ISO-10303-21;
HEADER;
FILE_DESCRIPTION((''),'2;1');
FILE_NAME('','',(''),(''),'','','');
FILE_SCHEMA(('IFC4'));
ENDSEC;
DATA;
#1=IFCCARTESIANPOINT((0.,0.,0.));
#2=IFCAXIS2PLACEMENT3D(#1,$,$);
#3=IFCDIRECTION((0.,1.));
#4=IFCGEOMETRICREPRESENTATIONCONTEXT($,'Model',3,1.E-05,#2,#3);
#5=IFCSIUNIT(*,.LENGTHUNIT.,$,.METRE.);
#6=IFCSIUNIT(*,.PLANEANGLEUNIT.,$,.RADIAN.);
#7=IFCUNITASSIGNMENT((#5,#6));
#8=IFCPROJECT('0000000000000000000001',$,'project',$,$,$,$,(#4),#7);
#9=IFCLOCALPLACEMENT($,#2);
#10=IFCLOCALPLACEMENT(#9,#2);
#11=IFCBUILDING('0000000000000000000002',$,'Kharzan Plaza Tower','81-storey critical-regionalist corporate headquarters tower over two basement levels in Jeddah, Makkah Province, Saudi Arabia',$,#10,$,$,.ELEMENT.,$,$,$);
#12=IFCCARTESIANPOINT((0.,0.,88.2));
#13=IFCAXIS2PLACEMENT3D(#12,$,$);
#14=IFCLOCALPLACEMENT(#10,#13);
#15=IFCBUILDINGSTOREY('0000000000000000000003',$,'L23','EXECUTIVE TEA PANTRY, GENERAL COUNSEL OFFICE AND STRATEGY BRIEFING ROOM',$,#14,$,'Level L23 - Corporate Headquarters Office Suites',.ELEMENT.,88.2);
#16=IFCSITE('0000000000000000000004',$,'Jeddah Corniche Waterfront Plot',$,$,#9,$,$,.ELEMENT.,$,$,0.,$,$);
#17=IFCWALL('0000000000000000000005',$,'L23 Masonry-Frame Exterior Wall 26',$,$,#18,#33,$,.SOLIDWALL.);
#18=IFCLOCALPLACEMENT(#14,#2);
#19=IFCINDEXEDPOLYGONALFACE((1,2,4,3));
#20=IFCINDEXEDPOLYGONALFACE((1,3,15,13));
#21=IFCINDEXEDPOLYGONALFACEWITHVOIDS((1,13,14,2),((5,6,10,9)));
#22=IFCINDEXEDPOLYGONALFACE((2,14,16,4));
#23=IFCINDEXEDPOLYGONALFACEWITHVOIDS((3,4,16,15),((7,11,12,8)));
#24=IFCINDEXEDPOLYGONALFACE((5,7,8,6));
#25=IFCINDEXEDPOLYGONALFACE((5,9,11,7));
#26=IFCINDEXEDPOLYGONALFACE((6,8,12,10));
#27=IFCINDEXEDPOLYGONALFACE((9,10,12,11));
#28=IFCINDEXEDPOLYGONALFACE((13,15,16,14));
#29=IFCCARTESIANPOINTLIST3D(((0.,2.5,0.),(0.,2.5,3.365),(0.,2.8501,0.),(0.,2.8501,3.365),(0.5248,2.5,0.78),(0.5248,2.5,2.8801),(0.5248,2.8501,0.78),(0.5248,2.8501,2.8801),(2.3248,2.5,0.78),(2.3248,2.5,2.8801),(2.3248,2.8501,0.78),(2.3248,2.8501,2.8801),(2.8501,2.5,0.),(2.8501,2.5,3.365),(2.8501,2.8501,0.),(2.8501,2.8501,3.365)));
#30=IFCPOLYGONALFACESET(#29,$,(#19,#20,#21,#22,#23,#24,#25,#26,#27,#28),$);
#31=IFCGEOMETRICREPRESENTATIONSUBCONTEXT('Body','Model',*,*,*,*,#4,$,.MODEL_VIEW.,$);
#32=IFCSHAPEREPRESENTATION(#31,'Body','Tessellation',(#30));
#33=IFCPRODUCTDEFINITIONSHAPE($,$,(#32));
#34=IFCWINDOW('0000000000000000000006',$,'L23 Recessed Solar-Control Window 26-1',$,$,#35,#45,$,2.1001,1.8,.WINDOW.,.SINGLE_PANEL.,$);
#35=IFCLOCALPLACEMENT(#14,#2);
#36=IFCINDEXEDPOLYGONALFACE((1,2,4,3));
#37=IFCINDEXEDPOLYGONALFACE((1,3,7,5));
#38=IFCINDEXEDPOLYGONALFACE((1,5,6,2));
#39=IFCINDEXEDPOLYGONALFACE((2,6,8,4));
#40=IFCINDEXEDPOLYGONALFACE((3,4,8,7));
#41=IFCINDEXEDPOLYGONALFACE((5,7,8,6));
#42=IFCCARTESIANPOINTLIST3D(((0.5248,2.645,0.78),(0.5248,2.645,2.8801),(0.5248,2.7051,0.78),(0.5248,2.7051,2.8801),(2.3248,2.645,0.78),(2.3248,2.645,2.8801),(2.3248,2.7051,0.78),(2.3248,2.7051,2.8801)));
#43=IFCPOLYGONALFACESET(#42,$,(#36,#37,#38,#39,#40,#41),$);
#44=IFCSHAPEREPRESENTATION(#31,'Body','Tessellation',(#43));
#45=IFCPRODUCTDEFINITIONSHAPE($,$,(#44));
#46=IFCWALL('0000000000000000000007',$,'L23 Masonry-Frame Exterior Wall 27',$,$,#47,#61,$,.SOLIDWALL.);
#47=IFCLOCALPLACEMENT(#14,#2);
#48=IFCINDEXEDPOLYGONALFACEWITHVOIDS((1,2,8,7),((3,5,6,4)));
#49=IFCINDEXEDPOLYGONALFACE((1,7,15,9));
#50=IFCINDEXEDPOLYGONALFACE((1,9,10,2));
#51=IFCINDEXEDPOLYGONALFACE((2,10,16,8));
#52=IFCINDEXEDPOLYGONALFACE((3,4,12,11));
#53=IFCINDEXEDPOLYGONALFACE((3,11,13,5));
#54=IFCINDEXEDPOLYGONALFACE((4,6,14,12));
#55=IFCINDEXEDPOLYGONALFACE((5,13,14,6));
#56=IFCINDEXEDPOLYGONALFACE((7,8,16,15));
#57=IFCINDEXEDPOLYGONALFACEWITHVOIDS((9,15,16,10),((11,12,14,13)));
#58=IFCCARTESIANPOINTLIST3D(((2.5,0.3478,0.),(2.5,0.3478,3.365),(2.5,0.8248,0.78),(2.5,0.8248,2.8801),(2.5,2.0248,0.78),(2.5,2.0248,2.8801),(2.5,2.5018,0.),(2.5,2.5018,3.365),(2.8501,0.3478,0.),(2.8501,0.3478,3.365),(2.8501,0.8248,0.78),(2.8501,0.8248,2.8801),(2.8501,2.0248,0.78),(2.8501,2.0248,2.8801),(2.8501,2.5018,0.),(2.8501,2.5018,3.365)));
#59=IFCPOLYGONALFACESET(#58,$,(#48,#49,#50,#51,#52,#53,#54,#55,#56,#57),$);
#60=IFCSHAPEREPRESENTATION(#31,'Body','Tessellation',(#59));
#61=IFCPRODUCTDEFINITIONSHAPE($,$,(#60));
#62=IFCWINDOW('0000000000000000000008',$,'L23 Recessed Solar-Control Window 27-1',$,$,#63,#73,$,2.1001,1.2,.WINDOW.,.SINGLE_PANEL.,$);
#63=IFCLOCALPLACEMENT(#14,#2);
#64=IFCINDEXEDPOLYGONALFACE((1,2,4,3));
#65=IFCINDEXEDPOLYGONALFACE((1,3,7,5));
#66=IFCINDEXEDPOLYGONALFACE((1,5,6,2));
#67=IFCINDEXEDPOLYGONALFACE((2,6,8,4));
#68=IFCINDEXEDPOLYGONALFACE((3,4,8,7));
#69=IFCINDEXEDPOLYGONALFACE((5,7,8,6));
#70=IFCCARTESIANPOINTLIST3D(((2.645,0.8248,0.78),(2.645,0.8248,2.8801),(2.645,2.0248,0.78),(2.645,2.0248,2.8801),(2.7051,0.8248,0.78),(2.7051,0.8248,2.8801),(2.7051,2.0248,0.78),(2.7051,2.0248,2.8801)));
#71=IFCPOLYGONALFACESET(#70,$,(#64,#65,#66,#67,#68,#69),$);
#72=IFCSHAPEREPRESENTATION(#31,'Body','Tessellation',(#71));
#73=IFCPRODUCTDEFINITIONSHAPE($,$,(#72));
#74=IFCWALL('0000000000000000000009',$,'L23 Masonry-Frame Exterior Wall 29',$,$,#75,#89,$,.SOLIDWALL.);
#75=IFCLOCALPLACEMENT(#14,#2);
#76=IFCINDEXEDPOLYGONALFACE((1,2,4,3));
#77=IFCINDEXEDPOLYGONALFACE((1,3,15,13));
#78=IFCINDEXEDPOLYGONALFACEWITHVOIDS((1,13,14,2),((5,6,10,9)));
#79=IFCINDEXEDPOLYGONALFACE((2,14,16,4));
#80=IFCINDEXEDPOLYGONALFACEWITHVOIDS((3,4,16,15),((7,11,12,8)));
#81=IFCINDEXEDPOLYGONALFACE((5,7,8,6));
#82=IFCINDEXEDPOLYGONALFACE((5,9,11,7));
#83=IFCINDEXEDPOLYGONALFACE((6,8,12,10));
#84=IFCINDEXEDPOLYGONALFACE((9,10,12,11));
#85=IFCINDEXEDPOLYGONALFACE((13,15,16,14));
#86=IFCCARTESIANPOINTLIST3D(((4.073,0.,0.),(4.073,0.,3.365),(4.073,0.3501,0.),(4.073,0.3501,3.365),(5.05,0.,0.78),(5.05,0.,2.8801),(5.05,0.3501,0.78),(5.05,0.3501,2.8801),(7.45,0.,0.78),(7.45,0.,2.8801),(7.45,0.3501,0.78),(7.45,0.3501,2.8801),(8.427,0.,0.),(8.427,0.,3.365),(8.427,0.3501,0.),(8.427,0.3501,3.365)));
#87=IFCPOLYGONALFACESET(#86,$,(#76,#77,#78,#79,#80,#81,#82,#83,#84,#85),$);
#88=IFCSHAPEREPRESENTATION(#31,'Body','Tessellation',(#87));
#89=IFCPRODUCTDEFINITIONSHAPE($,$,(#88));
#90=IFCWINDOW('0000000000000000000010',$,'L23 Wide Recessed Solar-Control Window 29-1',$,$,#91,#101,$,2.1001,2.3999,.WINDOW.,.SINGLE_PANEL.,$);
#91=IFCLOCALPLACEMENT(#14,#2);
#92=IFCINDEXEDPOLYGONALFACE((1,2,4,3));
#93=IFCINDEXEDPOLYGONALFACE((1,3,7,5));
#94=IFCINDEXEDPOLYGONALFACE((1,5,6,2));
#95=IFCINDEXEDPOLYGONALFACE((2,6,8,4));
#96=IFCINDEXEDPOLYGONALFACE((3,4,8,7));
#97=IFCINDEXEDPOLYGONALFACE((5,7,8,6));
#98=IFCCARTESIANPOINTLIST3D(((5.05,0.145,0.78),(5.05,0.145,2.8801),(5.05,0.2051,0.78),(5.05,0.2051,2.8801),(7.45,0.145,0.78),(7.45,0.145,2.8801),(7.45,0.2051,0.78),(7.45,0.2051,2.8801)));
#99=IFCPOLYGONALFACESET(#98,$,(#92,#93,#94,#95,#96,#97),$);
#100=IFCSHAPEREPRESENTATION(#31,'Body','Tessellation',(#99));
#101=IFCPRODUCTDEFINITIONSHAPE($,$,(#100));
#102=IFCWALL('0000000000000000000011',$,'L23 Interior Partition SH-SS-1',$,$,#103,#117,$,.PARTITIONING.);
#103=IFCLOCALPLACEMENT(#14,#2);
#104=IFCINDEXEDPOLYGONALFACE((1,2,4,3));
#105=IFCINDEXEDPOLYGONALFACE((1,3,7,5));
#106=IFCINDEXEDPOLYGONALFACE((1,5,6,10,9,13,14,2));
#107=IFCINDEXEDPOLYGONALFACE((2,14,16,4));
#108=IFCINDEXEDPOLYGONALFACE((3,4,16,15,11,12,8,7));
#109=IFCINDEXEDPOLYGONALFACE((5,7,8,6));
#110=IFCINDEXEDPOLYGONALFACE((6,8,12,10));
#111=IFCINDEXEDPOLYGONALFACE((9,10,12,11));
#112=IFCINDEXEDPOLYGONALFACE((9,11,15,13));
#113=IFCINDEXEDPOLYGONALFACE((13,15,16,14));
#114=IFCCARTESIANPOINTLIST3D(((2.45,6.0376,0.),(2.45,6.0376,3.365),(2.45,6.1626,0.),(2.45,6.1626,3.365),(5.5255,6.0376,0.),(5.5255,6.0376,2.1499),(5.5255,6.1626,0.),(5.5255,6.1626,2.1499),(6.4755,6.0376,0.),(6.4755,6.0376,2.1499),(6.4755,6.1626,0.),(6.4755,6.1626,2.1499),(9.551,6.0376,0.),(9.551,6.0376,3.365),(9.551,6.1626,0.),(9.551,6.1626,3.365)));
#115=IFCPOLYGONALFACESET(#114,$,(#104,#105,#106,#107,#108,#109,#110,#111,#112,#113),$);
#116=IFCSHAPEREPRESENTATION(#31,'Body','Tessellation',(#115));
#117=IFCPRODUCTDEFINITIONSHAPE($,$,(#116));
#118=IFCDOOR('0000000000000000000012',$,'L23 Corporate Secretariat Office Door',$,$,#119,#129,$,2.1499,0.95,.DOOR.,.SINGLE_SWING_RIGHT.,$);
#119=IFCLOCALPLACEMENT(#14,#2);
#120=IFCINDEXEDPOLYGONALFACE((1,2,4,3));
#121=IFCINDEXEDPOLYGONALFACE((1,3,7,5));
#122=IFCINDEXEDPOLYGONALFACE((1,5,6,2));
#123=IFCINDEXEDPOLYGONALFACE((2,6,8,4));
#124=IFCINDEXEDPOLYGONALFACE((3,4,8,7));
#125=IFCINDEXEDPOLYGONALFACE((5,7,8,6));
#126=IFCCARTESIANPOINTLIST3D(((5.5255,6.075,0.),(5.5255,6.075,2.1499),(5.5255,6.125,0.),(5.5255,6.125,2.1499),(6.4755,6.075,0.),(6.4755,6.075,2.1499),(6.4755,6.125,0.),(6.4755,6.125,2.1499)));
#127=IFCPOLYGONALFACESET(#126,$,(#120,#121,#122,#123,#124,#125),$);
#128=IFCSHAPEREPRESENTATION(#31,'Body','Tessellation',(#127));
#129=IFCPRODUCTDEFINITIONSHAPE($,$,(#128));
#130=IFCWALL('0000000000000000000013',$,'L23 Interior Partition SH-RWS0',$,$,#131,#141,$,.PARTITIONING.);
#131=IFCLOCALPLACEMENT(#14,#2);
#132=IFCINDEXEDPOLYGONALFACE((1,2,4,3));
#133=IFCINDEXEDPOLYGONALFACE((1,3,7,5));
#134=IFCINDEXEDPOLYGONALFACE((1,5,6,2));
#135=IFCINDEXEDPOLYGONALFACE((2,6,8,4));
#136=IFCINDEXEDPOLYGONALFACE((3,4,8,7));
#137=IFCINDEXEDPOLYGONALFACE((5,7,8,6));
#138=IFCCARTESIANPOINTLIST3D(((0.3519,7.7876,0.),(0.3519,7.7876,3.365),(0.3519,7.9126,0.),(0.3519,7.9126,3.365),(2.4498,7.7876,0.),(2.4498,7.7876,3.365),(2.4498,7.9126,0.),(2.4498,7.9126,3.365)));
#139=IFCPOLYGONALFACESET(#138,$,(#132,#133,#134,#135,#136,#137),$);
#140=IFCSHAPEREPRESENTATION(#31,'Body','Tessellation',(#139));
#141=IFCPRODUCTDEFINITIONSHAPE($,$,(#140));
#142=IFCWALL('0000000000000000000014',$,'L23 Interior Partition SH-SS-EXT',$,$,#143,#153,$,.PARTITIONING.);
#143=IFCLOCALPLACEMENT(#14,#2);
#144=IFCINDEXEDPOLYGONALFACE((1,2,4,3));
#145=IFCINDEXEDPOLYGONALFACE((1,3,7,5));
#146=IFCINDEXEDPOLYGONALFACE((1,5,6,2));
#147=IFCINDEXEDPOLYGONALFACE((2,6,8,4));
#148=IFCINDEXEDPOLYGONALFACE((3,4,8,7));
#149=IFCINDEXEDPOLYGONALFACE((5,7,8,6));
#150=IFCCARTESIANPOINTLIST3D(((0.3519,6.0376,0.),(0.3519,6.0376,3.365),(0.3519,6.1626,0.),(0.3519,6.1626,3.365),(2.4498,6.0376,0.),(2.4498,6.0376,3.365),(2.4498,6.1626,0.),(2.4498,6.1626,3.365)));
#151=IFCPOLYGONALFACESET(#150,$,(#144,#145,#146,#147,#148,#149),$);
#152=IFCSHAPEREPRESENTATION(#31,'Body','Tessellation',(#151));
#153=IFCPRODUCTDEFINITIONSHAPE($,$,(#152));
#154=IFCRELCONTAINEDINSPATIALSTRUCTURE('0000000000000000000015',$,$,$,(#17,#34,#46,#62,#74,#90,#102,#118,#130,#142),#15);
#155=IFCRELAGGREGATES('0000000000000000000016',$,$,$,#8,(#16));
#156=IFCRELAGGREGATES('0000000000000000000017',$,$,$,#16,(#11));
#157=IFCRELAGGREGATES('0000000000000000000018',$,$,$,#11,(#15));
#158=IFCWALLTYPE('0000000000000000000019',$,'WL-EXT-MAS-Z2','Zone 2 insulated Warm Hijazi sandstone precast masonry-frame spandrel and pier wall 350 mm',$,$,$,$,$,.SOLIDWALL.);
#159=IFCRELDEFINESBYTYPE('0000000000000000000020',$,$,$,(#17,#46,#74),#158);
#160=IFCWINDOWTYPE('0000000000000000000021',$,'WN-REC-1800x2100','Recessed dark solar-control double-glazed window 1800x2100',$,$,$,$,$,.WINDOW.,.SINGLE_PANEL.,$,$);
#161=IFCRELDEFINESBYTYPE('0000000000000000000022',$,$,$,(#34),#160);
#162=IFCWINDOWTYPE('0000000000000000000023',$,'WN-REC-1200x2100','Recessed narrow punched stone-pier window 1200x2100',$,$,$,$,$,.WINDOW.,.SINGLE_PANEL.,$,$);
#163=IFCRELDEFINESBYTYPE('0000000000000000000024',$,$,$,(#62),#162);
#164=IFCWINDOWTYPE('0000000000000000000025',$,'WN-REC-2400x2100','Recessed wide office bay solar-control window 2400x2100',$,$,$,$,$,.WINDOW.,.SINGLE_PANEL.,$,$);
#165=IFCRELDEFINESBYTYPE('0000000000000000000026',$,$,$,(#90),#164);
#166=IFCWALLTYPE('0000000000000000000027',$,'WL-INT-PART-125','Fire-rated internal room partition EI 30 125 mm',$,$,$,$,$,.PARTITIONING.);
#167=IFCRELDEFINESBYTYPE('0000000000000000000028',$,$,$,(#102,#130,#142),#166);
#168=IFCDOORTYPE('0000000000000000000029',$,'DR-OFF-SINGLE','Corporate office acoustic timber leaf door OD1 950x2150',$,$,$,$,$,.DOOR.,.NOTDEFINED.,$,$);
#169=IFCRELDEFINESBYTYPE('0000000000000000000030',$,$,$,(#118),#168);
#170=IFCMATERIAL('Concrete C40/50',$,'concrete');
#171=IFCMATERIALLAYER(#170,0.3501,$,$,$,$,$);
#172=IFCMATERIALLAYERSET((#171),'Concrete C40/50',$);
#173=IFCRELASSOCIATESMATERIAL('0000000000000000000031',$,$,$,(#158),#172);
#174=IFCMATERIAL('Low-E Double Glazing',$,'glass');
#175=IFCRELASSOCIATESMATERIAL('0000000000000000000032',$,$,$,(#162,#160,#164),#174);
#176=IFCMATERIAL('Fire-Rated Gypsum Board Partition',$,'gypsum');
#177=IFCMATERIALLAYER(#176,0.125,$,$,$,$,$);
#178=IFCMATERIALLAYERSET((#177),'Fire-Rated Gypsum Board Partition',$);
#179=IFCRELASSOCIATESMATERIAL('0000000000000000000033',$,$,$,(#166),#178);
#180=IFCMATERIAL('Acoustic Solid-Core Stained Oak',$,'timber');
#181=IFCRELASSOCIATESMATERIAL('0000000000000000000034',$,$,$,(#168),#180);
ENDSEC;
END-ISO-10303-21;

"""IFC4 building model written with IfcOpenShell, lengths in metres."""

from ifc_helpers import new_model, si_unit, direction, frame, frame_2d, origin, place, context, subcontext, project, spatial, rectangle, extrude, source, transform, mapped, material, layer, layer_set, type_object, element, fill, save


model = new_model("IFC4")

# Units and contexts
model_context = context("Model", 3, precision=1e-05, world=origin(), true_north=direction((0.0, 1.0)))
body_context = subcontext(model_context, "Body", "Model", "MODEL_VIEW")
ifc_project = project(units=[si_unit("LENGTHUNIT", "METRE"), si_unit("PLANEANGLEUNIT", "RADIAN")], contexts=[model_context])

# Site, building, storey
site_placement = place(None, origin())
site = spatial("IfcSite", under=ifc_project, at=site_placement, Name="Jeddah Corniche Waterfront Plot", CompositionType="ELEMENT", RefElevation=0.0)
building_placement = place(site_placement, origin())
building = spatial("IfcBuilding", under=site, at=building_placement, Name="Kharzan Plaza Tower", Description="81-storey critical-regionalist corporate headquarters tower over two basement levels in Jeddah, Makkah Province, Saudi Arabia", CompositionType="ELEMENT")
storey_placement = place(building_placement, frame((0.0, 0.0, 88.2)))
storey = spatial("IfcBuildingStorey", under=building, at=storey_placement, Name="L23", Description="EXECUTIVE TEA PANTRY, GENERAL COUNSEL OFFICE AND STRATEGY BRIEFING ROOM", LongName="Level L23 - Corporate Headquarters Office Suites", CompositionType="ELEMENT", Elevation=88.2)

# Shared definitions
ifc_material_1 = material(Name="Concrete C40/50", Category="concrete")

# Walls, openings, windows
ifc_layer_1 = layer(ifc_material_1, 0.3501)
ifc_layer_set_1 = layer_set([ifc_layer_1], Name="Concrete C40/50")
wall_type_1 = type_object("IfcWallType", Name="WL-EXT-MAS-Z2", Description="Zone 2 insulated Warm Hijazi sandstone precast masonry-frame spandrel and pier wall 350 mm", PredefinedType="SOLIDWALL", material=ifc_layer_set_1)
ifc_material_2 = material(Name="Low-E Double Glazing", Category="glass")
window_type_1 = type_object("IfcWindowType", Name="WN-REC-1200x2100", Description="Recessed narrow punched stone-pier window 1200x2100", PartitioningType="SINGLE_PANEL", PredefinedType="WINDOW", material=ifc_material_2)
shared_shape_1 = source(origin(), body_context, "Body", "SweptSolid", [
    extrude(rectangle(XDim=1.2, YDim=2.1001, at=frame_2d((0.6001, 1.05))), frame((0.0, 0.03, 0.0), z_axis=(0.0, -1.0, 0.0), x_axis=(1.0, 0.0, 0.0)), (0.0, 0.0, 1.0), 0.0601),
])
wall_1_placement = place(storey_placement, frame((0.0, 2.675, 0.0), z_axis=(0.0, 0.0, 1.0), x_axis=(1.0, 0.0, 0.0)))
wall_1 = element("IfcWall", 1, at=wall_1_placement, inside=storey, type_object=wall_type_1, Name="L23 Masonry-Frame Exterior Wall 26", PredefinedType="SOLIDWALL", context=body_context, shape_type="SweptSolid", body=[
    extrude(rectangle(XDim=2.8501, YDim=0.3501, at=frame_2d((1.425, 0.0))), origin(), (0.0, 0.0, 1.0), 3.365),
])
opening_1_placement = place(wall_1_placement, frame((0.5249, 0.0, 0.78)))
opening_1 = element("IfcOpeningElement", 2, at=opening_1_placement, cuts=wall_1, PredefinedType="OPENING", context=body_context, shape_type="SweptSolid", body=[
    extrude(rectangle(XDim=1.8, YDim=2.1001, at=frame_2d((0.8999, 1.05))), frame((0.0, 0.1851, 0.0), z_axis=(0.0, -1.0, 0.0), x_axis=(1.0, 0.0, 0.0)), (0.0, 0.0, 1.0), 0.3701),
])
window_type_2 = type_object("IfcWindowType", Name="WN-REC-1800x2100", Description="Recessed dark solar-control double-glazed window 1800x2100", PartitioningType="SINGLE_PANEL", PredefinedType="WINDOW", material=ifc_material_2)
shared_shape_2 = source(origin(), body_context, "Body", "SweptSolid", [
    extrude(rectangle(XDim=1.8, YDim=2.1001, at=frame_2d((0.8999, 1.05))), frame((0.0, 0.03, 0.0), z_axis=(0.0, -1.0, 0.0), x_axis=(1.0, 0.0, 0.0)), (0.0, 0.0, 1.0), 0.0601),
])
window_1_placement = place(opening_1_placement, origin())
window_1 = element("IfcWindow", 3, at=window_1_placement, inside=storey, type_object=window_type_2, Name="L23 Recessed Solar-Control Window 26-1", OverallHeight=2.1001, OverallWidth=1.8, PartitioningType="SINGLE_PANEL", PredefinedType="WINDOW", context=body_context, shape_type="MappedRepresentation", body=[
    mapped(shared_shape_2, transform((0.0, 0.0, 0.0), x_axis=(1.0, 0.0, 0.0), y_axis=(0.0, 1.0, 0.0), z_axis=(0.0, 0.0, 1.0))),
])
fill(opening_1, window_1)
wall_2_placement = place(storey_placement, frame((2.675, 2.502, 0.0), z_axis=(0.0, 0.0, 1.0), x_axis=(0.0, -1.0, 0.0)))
wall_2 = element("IfcWall", 4, at=wall_2_placement, inside=storey, type_object=wall_type_1, Name="L23 Masonry-Frame Exterior Wall 27", PredefinedType="SOLIDWALL", context=body_context, shape_type="SweptSolid", body=[
    extrude(rectangle(XDim=2.1541, YDim=0.3501, at=frame_2d((1.0771, 0.0))), origin(), (0.0, 0.0, 1.0), 3.365),
])
opening_2_placement = place(wall_2_placement, frame((0.4771, 0.0, 0.78)))
opening_2 = element("IfcOpeningElement", 5, at=opening_2_placement, cuts=wall_2, PredefinedType="OPENING", context=body_context, shape_type="SweptSolid", body=[
    extrude(rectangle(XDim=1.2, YDim=2.1001, at=frame_2d((0.6001, 1.05))), frame((0.0, 0.1851, 0.0), z_axis=(0.0, -1.0, 0.0), x_axis=(1.0, 0.0, 0.0)), (0.0, 0.0, 1.0), 0.3701),
])
window_2_placement = place(opening_2_placement, origin())
window_2 = element("IfcWindow", 6, at=window_2_placement, inside=storey, type_object=window_type_1, Name="L23 Recessed Solar-Control Window 27-1", OverallHeight=2.1001, OverallWidth=1.2, PartitioningType="SINGLE_PANEL", PredefinedType="WINDOW", context=body_context, shape_type="MappedRepresentation", body=[
    mapped(shared_shape_1, transform((0.0, 0.0, 0.0), x_axis=(1.0, 0.0, 0.0), y_axis=(0.0, 1.0, 0.0), z_axis=(0.0, 0.0, 1.0))),
])
fill(opening_2, window_2)
wall_3_placement = place(storey_placement, frame((4.073, 0.175, 0.0), z_axis=(0.0, 0.0, 1.0), x_axis=(1.0, 0.0, 0.0)))
wall_3 = element("IfcWall", 7, at=wall_3_placement, inside=storey, type_object=wall_type_1, Name="L23 Masonry-Frame Exterior Wall 29", PredefinedType="SOLIDWALL", context=body_context, shape_type="SweptSolid", body=[
    extrude(rectangle(XDim=4.354, YDim=0.3501, at=frame_2d((2.177, 0.0))), origin(), (0.0, 0.0, 1.0), 3.365),
])
opening_3_placement = place(wall_3_placement, frame((0.9771, 0.0, 0.78)))
opening_3 = element("IfcOpeningElement", 8, at=opening_3_placement, cuts=wall_3, PredefinedType="OPENING", context=body_context, shape_type="SweptSolid", body=[
    extrude(rectangle(XDim=2.3999, YDim=2.1001, at=frame_2d((1.2, 1.05))), frame((0.0, 0.1851, 0.0), z_axis=(0.0, -1.0, 0.0), x_axis=(1.0, 0.0, 0.0)), (0.0, 0.0, 1.0), 0.3701),
])
window_type_3 = type_object("IfcWindowType", Name="WN-REC-2400x2100", Description="Recessed wide office bay solar-control window 2400x2100", PartitioningType="SINGLE_PANEL", PredefinedType="WINDOW", material=ifc_material_2)
shared_shape_3 = source(origin(), body_context, "Body", "SweptSolid", [
    extrude(rectangle(XDim=2.3999, YDim=2.1001, at=frame_2d((1.2, 1.05))), frame((0.0, 0.03, 0.0), z_axis=(0.0, -1.0, 0.0), x_axis=(1.0, 0.0, 0.0)), (0.0, 0.0, 1.0), 0.0601),
])
window_3_placement = place(opening_3_placement, origin())
window_3 = element("IfcWindow", 9, at=window_3_placement, inside=storey, type_object=window_type_3, Name="L23 Wide Recessed Solar-Control Window 29-1", OverallHeight=2.1001, OverallWidth=2.3999, PartitioningType="SINGLE_PANEL", PredefinedType="WINDOW", context=body_context, shape_type="MappedRepresentation", body=[
    mapped(shared_shape_3, transform((0.0, 0.0, 0.0), x_axis=(1.0, 0.0, 0.0), y_axis=(0.0, 1.0, 0.0), z_axis=(0.0, 0.0, 1.0))),
])
fill(opening_3, window_3)

# Wall, opening, door
ifc_material_3 = material(Name="Fire-Rated Gypsum Board Partition", Category="gypsum")
ifc_layer_2 = layer(ifc_material_3, 0.125)
ifc_layer_set_2 = layer_set([ifc_layer_2], Name="Fire-Rated Gypsum Board Partition")
wall_type_2 = type_object("IfcWallType", Name="WL-INT-PART-125", Description="Fire-rated internal room partition EI 30 125 mm", PredefinedType="PARTITIONING", material=ifc_layer_set_2)
ifc_material_4 = material(Name="Acoustic Solid-Core Stained Oak", Category="timber")
door_type = type_object("IfcDoorType", Name="DR-OFF-SINGLE", Description="Corporate office acoustic timber leaf door OD1 950x2150", OperationType="NOTDEFINED", PredefinedType="DOOR", material=ifc_material_4)
shared_shape_4 = source(origin(), body_context, "Body", "SweptSolid", [
    extrude(rectangle(XDim=0.95, YDim=2.1499, at=frame_2d((0.4751, 1.075))), frame((0.0, 0.0249, 0.0), z_axis=(0.0, -1.0, 0.0), x_axis=(1.0, 0.0, 0.0)), (0.0, 0.0, 1.0), 0.05),
])
wall_4_placement = place(storey_placement, frame((2.45, 6.1001, 0.0), z_axis=(0.0, 0.0, 1.0), x_axis=(1.0, 0.0, 0.0)))
wall_4 = element("IfcWall", 10, at=wall_4_placement, inside=storey, type_object=wall_type_2, Name="L23 Interior Partition SH-SS-1", PredefinedType="PARTITIONING", context=body_context, shape_type="SweptSolid", body=[
    extrude(rectangle(XDim=7.1011, YDim=0.125, at=frame_2d((3.5505, 0.0))), origin(), (0.0, 0.0, 1.0), 3.365),
])
opening_4_placement = place(wall_4_placement, frame((3.0754, 0.0, 0.0)))
opening_4 = element("IfcOpeningElement", 11, at=opening_4_placement, cuts=wall_4, PredefinedType="OPENING", context=body_context, shape_type="SweptSolid", body=[
    extrude(rectangle(XDim=0.95, YDim=2.1499, at=frame_2d((0.4751, 1.075))), frame((0.0, 0.0725, 0.0), z_axis=(0.0, -1.0, 0.0), x_axis=(1.0, 0.0, 0.0)), (0.0, 0.0, 1.0), 0.145),
])
door_1_placement = place(opening_4_placement, origin())
door_1 = element("IfcDoor", 12, at=door_1_placement, inside=storey, type_object=door_type, Name="L23 Corporate Secretariat Office Door", OperationType="SINGLE_SWING_RIGHT", OverallHeight=2.1499, OverallWidth=0.95, PredefinedType="DOOR", context=body_context, shape_type="MappedRepresentation", body=[
    mapped(shared_shape_4, transform((0.0, 0.0, 0.0), x_axis=(1.0, 0.0, 0.0), y_axis=(0.0, 1.0, 0.0), z_axis=(0.0, 0.0, 1.0))),
])
fill(opening_4, door_1)

# Walls
shared_shape_5 = source(origin(), body_context, "Body", "SweptSolid", [
    extrude(rectangle(XDim=2.0979, YDim=0.125, at=frame_2d((1.0488, 0.0))), origin(), (0.0, 0.0, 1.0), 3.365),
])
for number, where, z_axis, x_axis, name in (
    (13, (0.3521, 7.8501, 0.0), (0.0, 0.0, 1.0), (1.0, 0.0, 0.0), "L23 Interior Partition SH-RWS0"),
    (14, (0.3521, 6.1001, 0.0), (0.0, 0.0, 1.0), (1.0, 0.0, 0.0), "L23 Interior Partition SH-SS-EXT"),
):
    element("IfcWall", number, at=place(storey_placement, frame(where, z_axis=z_axis, x_axis=x_axis)), inside=storey, type_object=wall_type_2, Name=name, PredefinedType="PARTITIONING", context=body_context, shape_type="MappedRepresentation", body=[
        mapped(shared_shape_5, transform((0.0, 0.0, 0.0), x_axis=(1.0, 0.0, 0.0), y_axis=(0.0, 1.0, 0.0), z_axis=(0.0, 0.0, 1.0))),
    ])

save(model, "model.ifc")
